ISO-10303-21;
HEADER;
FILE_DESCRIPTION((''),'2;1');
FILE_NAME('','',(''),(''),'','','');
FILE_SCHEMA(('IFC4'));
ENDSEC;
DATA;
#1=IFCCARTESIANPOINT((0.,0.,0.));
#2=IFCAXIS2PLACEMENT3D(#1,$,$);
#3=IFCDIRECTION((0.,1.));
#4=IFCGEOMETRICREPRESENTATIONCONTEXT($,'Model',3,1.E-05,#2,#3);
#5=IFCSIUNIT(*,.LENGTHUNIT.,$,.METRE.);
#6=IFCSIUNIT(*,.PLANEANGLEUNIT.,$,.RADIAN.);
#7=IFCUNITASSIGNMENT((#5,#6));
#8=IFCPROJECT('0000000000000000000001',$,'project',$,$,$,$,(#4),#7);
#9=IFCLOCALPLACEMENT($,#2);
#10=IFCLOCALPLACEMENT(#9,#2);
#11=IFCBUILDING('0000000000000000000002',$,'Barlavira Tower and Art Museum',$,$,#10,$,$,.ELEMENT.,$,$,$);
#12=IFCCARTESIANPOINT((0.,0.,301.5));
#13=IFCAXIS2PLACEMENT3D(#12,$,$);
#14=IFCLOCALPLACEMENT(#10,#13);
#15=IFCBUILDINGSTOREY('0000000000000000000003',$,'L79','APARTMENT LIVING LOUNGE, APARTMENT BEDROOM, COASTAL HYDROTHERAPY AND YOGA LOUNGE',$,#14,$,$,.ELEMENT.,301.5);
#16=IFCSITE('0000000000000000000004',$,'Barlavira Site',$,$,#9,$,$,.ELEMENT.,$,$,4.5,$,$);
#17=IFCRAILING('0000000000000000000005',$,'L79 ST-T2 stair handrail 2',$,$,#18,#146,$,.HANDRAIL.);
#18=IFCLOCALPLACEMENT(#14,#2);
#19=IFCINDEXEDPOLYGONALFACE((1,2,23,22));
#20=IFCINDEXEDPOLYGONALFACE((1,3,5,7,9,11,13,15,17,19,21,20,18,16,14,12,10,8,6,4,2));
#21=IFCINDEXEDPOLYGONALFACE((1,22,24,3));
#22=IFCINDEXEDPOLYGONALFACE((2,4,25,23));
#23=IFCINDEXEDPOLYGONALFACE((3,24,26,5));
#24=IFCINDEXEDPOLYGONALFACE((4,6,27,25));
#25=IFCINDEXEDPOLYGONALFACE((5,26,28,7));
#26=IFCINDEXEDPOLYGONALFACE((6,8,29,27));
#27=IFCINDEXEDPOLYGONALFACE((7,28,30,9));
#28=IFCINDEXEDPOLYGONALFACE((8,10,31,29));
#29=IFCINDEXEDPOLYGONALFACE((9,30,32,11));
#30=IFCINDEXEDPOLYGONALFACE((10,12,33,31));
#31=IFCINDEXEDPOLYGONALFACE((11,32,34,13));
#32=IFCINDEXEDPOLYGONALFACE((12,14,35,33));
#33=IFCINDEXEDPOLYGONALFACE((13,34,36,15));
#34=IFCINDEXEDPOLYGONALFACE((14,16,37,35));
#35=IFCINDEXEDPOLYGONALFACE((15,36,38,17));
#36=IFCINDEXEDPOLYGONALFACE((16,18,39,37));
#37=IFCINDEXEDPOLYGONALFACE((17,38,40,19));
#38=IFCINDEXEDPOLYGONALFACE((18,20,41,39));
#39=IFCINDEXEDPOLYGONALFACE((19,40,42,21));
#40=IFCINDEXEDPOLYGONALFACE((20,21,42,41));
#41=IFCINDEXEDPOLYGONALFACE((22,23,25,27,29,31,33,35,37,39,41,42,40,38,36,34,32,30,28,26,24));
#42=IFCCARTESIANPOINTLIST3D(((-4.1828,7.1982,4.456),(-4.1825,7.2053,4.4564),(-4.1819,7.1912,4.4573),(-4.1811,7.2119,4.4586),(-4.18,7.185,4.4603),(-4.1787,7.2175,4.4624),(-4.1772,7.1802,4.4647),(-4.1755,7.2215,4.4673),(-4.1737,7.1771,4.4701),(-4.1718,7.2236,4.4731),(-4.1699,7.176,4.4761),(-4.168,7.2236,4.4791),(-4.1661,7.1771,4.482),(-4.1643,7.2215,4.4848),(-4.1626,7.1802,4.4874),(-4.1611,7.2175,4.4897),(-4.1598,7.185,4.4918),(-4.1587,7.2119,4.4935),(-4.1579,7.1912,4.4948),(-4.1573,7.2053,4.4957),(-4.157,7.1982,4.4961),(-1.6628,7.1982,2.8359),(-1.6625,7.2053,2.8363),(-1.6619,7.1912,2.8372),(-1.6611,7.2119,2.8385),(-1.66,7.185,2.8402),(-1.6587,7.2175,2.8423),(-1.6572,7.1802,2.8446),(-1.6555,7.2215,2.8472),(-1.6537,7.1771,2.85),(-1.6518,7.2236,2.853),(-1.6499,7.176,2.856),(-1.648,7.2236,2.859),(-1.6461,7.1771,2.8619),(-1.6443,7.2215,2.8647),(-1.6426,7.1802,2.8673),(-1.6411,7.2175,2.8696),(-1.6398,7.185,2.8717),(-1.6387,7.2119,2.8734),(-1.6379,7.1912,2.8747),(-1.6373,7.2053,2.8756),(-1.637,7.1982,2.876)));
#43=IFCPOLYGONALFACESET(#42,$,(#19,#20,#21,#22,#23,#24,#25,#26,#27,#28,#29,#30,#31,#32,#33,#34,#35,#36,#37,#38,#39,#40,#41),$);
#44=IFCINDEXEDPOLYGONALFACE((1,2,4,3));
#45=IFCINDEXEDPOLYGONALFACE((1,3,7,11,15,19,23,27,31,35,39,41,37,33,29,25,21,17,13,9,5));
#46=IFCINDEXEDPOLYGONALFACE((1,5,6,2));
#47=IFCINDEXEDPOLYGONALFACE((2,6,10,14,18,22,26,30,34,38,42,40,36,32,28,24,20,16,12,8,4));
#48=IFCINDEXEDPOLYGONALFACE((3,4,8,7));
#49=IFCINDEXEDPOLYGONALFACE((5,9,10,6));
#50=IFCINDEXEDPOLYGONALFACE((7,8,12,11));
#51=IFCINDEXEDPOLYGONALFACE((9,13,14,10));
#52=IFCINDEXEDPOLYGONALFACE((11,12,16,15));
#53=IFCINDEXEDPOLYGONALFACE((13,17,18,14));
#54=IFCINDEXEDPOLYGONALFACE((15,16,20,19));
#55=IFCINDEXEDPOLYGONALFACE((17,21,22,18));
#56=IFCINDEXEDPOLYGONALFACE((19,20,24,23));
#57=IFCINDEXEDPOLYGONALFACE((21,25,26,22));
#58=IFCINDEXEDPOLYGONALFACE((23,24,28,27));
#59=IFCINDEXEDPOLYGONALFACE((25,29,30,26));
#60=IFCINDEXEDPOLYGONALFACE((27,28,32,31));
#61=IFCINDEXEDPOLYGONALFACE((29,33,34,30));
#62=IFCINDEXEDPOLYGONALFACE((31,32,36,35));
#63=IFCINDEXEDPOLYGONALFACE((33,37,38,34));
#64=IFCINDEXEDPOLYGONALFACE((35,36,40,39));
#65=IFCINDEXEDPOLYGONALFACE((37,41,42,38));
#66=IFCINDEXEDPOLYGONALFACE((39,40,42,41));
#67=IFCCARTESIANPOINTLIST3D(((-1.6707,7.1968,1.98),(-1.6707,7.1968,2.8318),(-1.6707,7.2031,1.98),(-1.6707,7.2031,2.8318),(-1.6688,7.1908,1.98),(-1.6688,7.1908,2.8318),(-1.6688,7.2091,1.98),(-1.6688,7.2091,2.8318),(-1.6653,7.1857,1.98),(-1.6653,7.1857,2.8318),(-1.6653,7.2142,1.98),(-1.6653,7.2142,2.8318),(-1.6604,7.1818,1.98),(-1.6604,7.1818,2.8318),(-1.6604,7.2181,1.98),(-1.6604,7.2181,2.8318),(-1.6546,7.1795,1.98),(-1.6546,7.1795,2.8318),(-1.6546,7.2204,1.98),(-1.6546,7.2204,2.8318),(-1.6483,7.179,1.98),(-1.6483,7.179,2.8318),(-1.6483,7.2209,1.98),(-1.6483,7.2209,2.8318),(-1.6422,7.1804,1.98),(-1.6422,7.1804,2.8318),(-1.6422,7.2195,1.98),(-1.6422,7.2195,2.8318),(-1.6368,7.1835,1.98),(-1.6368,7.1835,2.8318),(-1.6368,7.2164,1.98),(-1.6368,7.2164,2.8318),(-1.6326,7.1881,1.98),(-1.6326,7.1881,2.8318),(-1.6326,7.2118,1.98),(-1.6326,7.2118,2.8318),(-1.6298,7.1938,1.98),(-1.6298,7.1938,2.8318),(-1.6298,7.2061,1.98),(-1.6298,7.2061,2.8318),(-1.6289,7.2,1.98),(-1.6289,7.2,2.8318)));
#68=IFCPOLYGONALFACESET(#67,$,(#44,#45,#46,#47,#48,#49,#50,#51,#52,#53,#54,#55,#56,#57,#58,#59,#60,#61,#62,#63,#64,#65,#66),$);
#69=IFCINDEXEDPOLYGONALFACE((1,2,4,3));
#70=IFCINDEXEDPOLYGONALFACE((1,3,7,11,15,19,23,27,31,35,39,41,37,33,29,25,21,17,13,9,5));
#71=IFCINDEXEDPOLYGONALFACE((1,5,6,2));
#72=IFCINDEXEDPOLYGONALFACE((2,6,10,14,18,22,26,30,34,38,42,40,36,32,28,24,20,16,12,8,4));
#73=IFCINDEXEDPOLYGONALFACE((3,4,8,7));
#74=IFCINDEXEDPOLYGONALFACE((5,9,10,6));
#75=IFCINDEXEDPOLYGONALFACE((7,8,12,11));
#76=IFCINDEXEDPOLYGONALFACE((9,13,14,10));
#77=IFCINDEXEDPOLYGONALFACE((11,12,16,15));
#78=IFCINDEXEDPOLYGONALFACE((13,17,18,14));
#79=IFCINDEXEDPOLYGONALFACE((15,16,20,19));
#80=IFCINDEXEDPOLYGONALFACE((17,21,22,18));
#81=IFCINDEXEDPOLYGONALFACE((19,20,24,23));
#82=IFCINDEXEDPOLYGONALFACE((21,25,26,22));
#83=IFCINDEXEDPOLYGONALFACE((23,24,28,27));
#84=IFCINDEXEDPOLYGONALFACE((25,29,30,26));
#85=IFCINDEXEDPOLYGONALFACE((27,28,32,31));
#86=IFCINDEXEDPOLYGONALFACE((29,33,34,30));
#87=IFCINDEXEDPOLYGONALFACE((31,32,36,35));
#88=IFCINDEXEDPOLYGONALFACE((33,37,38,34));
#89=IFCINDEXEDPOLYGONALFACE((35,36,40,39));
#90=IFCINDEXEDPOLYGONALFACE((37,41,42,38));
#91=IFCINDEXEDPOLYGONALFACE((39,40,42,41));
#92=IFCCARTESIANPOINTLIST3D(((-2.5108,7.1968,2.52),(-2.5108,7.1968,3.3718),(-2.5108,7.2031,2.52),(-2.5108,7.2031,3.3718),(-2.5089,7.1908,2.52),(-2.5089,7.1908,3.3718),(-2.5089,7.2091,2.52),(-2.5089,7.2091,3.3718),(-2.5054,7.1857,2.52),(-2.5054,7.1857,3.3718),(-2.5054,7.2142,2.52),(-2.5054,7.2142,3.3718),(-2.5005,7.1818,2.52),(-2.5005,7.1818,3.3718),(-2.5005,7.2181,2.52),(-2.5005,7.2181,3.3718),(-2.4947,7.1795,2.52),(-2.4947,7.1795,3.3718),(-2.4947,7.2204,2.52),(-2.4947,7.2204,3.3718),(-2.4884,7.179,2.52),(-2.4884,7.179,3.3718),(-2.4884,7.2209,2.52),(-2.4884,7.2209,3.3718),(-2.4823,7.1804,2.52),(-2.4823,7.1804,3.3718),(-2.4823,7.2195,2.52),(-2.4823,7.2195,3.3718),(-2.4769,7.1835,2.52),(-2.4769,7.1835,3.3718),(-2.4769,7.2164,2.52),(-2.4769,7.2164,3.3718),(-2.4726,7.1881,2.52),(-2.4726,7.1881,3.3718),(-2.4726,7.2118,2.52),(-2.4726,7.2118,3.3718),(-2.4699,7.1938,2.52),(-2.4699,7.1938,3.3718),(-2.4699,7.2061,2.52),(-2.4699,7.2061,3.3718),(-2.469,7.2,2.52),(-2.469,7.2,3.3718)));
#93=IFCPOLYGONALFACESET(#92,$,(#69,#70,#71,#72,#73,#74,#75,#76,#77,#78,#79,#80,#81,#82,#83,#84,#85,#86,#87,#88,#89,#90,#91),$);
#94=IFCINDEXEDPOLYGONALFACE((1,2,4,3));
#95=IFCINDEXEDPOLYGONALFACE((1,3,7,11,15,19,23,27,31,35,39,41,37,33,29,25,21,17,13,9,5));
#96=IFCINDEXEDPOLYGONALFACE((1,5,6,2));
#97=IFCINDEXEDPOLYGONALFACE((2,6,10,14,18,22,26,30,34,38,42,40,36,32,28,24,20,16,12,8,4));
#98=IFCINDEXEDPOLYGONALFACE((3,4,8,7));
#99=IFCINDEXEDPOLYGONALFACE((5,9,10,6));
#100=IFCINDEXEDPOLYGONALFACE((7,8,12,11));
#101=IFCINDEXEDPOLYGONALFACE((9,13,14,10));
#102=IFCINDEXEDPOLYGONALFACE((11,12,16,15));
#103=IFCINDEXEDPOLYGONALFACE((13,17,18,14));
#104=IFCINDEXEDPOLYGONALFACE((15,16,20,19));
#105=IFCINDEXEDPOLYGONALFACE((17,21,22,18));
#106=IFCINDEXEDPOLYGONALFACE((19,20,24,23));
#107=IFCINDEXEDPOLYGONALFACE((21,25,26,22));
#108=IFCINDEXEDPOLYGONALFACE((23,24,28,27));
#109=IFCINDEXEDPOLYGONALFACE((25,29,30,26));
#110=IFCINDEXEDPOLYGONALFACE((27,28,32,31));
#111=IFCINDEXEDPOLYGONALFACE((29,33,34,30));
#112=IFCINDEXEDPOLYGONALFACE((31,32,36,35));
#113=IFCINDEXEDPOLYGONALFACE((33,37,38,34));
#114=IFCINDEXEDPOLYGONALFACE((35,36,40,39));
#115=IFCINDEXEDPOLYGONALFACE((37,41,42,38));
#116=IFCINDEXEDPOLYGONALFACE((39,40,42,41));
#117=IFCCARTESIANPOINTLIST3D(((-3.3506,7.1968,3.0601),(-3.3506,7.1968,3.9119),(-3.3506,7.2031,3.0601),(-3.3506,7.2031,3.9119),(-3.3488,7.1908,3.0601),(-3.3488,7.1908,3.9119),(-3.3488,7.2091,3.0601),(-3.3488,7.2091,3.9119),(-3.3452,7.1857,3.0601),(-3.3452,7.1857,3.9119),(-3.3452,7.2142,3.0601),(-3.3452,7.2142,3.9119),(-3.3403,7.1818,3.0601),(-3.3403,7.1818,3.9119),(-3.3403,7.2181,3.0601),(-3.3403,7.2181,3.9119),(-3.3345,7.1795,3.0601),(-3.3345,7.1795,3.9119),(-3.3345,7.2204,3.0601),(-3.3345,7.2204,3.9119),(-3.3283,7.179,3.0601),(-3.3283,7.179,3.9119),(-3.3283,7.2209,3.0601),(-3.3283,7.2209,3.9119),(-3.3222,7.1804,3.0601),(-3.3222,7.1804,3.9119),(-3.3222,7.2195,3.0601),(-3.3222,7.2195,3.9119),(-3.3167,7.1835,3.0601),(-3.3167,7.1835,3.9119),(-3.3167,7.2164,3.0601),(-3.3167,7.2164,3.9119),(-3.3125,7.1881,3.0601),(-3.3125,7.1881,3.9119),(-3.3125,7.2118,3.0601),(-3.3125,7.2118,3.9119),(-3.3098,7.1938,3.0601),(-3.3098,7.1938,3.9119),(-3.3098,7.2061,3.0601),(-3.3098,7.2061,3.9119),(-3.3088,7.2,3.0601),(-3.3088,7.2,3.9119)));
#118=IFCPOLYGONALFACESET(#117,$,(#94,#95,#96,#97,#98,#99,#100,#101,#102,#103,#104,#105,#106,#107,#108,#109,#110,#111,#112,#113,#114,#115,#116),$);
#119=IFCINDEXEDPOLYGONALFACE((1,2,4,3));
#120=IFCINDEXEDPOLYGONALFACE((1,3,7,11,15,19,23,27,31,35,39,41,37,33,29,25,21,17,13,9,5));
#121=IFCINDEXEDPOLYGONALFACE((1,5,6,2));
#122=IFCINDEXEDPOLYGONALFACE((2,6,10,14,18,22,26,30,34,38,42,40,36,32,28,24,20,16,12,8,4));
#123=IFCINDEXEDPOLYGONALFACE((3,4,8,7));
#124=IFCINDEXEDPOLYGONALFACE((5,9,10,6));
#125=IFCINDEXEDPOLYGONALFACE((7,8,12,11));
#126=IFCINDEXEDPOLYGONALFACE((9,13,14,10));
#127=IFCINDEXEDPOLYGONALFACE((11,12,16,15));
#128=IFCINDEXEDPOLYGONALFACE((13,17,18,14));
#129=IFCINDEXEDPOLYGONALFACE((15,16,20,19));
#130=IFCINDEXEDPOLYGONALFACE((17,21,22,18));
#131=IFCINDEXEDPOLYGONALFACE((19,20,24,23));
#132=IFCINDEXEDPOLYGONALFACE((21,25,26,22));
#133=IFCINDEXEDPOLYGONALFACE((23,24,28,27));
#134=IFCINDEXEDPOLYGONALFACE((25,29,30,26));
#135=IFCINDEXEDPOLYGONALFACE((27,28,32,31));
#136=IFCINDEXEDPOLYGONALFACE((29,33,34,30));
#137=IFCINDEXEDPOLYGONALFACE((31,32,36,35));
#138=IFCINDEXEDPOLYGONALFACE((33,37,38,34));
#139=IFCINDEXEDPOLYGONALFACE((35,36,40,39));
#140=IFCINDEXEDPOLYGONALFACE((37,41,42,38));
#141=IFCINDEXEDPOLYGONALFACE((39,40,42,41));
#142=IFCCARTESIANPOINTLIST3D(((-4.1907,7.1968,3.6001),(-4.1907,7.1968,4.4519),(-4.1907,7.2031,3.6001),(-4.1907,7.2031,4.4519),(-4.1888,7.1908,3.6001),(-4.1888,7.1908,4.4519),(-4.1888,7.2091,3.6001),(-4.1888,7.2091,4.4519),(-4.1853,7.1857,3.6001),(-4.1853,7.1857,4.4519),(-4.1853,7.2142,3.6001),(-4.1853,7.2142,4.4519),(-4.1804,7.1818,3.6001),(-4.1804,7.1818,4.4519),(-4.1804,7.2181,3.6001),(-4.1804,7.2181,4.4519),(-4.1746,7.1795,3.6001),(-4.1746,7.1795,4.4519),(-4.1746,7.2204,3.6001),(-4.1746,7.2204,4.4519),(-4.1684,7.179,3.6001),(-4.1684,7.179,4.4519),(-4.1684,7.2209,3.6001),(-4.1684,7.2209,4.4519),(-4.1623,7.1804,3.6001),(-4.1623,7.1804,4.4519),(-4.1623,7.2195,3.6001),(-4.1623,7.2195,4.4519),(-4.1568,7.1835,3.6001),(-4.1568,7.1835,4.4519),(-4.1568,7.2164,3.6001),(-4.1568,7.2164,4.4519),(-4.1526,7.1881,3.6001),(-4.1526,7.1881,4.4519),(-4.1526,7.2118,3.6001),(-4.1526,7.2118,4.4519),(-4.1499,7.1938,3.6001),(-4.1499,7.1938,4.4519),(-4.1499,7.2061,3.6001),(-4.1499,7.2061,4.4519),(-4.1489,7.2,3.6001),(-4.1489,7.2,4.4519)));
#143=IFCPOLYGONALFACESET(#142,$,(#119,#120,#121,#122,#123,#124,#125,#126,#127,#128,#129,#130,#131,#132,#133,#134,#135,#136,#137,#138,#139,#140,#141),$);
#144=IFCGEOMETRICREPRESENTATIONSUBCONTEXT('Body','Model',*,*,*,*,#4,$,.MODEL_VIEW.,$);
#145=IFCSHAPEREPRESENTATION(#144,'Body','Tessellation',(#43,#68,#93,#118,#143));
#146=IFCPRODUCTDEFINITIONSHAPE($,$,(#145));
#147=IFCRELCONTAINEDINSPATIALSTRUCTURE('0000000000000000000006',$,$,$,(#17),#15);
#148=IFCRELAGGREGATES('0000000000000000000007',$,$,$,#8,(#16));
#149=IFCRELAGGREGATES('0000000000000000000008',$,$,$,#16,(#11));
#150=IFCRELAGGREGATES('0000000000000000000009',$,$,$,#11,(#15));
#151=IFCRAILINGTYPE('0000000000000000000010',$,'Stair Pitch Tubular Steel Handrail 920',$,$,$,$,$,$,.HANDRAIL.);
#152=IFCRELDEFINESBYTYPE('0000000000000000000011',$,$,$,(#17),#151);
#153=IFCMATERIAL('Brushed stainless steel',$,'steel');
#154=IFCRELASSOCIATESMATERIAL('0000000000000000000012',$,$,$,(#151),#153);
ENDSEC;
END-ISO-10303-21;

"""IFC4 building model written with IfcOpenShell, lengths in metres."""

from ifc_helpers import new_model, si_unit, direction, frame, origin, origin_2d, place, context, subcontext, project, spatial, circle, extrude, material, type_object, element, save


model = new_model("IFC4")

# Units and contexts
model_context = context("Model", 3, precision=1e-05, world=origin(), true_north=direction((0.0, 1.0)))
body_context = subcontext(model_context, "Body", "Model", "MODEL_VIEW")
ifc_project = project(units=[si_unit("LENGTHUNIT", "METRE"), si_unit("PLANEANGLEUNIT", "RADIAN")], contexts=[model_context])

# Site, building, storey
site_placement = place(None, origin())
site = spatial("IfcSite", under=ifc_project, at=site_placement, Name="Barlavira Site", CompositionType="ELEMENT", RefElevation=4.5)
building_placement = place(site_placement, origin())
building = spatial("IfcBuilding", under=site, at=building_placement, Name="Barlavira Tower and Art Museum", CompositionType="ELEMENT")
storey_placement = place(building_placement, frame((0.0, 0.0, 301.5)))
storey = spatial("IfcBuildingStorey", under=building, at=storey_placement, Name="L79", Description="APARTMENT LIVING LOUNGE, APARTMENT BEDROOM, COASTAL HYDROTHERAPY AND YOGA LOUNGE", CompositionType="ELEMENT", Elevation=301.5)

# Shared definitions
ifc_material_1 = material(Name="Brushed stainless steel", Category="steel")

# Railing
railing_type_1 = type_object("IfcRailingType", Name="Stair Pitch Tubular Steel Handrail 920", PredefinedType="HANDRAIL", material=ifc_material_1)
railing_1_placement = place(storey_placement, frame((-1.6499, 7.2, 1.98)))
element("IfcRailing", 1, at=railing_1_placement, inside=storey, type_object=railing_type_1, Name="L79 ST-T2 stair handrail 2", PredefinedType="HANDRAIL", context=body_context, shape_type="SweptSolid", body=[
    extrude(circle(Radius=0.0239, at=origin_2d()), frame((0.0, 0.0, 0.876), z_axis=(-0.841163, 0.0, 0.540782), x_axis=(0.0, -1.0, 0.0)), (0.0, 0.0, 1.0), 2.9958),
    extrude(circle(Radius=0.021, at=origin_2d()), origin(), (0.0, 0.0, 1.0), 0.8518),
    extrude(circle(Radius=0.021, at=origin_2d()), frame((-0.8401, 0.0, 0.54)), (0.0, 0.0, 1.0), 0.8518),
    extrude(circle(Radius=0.021, at=origin_2d()), frame((-1.6799, 0.0, 1.0801)), (0.0, 0.0, 1.0), 0.8518),
    extrude(circle(Radius=0.021, at=origin_2d()), frame((-2.52, 0.0, 1.6201)), (0.0, 0.0, 1.0), 0.8518),
])

save(model, "model.ifc")
